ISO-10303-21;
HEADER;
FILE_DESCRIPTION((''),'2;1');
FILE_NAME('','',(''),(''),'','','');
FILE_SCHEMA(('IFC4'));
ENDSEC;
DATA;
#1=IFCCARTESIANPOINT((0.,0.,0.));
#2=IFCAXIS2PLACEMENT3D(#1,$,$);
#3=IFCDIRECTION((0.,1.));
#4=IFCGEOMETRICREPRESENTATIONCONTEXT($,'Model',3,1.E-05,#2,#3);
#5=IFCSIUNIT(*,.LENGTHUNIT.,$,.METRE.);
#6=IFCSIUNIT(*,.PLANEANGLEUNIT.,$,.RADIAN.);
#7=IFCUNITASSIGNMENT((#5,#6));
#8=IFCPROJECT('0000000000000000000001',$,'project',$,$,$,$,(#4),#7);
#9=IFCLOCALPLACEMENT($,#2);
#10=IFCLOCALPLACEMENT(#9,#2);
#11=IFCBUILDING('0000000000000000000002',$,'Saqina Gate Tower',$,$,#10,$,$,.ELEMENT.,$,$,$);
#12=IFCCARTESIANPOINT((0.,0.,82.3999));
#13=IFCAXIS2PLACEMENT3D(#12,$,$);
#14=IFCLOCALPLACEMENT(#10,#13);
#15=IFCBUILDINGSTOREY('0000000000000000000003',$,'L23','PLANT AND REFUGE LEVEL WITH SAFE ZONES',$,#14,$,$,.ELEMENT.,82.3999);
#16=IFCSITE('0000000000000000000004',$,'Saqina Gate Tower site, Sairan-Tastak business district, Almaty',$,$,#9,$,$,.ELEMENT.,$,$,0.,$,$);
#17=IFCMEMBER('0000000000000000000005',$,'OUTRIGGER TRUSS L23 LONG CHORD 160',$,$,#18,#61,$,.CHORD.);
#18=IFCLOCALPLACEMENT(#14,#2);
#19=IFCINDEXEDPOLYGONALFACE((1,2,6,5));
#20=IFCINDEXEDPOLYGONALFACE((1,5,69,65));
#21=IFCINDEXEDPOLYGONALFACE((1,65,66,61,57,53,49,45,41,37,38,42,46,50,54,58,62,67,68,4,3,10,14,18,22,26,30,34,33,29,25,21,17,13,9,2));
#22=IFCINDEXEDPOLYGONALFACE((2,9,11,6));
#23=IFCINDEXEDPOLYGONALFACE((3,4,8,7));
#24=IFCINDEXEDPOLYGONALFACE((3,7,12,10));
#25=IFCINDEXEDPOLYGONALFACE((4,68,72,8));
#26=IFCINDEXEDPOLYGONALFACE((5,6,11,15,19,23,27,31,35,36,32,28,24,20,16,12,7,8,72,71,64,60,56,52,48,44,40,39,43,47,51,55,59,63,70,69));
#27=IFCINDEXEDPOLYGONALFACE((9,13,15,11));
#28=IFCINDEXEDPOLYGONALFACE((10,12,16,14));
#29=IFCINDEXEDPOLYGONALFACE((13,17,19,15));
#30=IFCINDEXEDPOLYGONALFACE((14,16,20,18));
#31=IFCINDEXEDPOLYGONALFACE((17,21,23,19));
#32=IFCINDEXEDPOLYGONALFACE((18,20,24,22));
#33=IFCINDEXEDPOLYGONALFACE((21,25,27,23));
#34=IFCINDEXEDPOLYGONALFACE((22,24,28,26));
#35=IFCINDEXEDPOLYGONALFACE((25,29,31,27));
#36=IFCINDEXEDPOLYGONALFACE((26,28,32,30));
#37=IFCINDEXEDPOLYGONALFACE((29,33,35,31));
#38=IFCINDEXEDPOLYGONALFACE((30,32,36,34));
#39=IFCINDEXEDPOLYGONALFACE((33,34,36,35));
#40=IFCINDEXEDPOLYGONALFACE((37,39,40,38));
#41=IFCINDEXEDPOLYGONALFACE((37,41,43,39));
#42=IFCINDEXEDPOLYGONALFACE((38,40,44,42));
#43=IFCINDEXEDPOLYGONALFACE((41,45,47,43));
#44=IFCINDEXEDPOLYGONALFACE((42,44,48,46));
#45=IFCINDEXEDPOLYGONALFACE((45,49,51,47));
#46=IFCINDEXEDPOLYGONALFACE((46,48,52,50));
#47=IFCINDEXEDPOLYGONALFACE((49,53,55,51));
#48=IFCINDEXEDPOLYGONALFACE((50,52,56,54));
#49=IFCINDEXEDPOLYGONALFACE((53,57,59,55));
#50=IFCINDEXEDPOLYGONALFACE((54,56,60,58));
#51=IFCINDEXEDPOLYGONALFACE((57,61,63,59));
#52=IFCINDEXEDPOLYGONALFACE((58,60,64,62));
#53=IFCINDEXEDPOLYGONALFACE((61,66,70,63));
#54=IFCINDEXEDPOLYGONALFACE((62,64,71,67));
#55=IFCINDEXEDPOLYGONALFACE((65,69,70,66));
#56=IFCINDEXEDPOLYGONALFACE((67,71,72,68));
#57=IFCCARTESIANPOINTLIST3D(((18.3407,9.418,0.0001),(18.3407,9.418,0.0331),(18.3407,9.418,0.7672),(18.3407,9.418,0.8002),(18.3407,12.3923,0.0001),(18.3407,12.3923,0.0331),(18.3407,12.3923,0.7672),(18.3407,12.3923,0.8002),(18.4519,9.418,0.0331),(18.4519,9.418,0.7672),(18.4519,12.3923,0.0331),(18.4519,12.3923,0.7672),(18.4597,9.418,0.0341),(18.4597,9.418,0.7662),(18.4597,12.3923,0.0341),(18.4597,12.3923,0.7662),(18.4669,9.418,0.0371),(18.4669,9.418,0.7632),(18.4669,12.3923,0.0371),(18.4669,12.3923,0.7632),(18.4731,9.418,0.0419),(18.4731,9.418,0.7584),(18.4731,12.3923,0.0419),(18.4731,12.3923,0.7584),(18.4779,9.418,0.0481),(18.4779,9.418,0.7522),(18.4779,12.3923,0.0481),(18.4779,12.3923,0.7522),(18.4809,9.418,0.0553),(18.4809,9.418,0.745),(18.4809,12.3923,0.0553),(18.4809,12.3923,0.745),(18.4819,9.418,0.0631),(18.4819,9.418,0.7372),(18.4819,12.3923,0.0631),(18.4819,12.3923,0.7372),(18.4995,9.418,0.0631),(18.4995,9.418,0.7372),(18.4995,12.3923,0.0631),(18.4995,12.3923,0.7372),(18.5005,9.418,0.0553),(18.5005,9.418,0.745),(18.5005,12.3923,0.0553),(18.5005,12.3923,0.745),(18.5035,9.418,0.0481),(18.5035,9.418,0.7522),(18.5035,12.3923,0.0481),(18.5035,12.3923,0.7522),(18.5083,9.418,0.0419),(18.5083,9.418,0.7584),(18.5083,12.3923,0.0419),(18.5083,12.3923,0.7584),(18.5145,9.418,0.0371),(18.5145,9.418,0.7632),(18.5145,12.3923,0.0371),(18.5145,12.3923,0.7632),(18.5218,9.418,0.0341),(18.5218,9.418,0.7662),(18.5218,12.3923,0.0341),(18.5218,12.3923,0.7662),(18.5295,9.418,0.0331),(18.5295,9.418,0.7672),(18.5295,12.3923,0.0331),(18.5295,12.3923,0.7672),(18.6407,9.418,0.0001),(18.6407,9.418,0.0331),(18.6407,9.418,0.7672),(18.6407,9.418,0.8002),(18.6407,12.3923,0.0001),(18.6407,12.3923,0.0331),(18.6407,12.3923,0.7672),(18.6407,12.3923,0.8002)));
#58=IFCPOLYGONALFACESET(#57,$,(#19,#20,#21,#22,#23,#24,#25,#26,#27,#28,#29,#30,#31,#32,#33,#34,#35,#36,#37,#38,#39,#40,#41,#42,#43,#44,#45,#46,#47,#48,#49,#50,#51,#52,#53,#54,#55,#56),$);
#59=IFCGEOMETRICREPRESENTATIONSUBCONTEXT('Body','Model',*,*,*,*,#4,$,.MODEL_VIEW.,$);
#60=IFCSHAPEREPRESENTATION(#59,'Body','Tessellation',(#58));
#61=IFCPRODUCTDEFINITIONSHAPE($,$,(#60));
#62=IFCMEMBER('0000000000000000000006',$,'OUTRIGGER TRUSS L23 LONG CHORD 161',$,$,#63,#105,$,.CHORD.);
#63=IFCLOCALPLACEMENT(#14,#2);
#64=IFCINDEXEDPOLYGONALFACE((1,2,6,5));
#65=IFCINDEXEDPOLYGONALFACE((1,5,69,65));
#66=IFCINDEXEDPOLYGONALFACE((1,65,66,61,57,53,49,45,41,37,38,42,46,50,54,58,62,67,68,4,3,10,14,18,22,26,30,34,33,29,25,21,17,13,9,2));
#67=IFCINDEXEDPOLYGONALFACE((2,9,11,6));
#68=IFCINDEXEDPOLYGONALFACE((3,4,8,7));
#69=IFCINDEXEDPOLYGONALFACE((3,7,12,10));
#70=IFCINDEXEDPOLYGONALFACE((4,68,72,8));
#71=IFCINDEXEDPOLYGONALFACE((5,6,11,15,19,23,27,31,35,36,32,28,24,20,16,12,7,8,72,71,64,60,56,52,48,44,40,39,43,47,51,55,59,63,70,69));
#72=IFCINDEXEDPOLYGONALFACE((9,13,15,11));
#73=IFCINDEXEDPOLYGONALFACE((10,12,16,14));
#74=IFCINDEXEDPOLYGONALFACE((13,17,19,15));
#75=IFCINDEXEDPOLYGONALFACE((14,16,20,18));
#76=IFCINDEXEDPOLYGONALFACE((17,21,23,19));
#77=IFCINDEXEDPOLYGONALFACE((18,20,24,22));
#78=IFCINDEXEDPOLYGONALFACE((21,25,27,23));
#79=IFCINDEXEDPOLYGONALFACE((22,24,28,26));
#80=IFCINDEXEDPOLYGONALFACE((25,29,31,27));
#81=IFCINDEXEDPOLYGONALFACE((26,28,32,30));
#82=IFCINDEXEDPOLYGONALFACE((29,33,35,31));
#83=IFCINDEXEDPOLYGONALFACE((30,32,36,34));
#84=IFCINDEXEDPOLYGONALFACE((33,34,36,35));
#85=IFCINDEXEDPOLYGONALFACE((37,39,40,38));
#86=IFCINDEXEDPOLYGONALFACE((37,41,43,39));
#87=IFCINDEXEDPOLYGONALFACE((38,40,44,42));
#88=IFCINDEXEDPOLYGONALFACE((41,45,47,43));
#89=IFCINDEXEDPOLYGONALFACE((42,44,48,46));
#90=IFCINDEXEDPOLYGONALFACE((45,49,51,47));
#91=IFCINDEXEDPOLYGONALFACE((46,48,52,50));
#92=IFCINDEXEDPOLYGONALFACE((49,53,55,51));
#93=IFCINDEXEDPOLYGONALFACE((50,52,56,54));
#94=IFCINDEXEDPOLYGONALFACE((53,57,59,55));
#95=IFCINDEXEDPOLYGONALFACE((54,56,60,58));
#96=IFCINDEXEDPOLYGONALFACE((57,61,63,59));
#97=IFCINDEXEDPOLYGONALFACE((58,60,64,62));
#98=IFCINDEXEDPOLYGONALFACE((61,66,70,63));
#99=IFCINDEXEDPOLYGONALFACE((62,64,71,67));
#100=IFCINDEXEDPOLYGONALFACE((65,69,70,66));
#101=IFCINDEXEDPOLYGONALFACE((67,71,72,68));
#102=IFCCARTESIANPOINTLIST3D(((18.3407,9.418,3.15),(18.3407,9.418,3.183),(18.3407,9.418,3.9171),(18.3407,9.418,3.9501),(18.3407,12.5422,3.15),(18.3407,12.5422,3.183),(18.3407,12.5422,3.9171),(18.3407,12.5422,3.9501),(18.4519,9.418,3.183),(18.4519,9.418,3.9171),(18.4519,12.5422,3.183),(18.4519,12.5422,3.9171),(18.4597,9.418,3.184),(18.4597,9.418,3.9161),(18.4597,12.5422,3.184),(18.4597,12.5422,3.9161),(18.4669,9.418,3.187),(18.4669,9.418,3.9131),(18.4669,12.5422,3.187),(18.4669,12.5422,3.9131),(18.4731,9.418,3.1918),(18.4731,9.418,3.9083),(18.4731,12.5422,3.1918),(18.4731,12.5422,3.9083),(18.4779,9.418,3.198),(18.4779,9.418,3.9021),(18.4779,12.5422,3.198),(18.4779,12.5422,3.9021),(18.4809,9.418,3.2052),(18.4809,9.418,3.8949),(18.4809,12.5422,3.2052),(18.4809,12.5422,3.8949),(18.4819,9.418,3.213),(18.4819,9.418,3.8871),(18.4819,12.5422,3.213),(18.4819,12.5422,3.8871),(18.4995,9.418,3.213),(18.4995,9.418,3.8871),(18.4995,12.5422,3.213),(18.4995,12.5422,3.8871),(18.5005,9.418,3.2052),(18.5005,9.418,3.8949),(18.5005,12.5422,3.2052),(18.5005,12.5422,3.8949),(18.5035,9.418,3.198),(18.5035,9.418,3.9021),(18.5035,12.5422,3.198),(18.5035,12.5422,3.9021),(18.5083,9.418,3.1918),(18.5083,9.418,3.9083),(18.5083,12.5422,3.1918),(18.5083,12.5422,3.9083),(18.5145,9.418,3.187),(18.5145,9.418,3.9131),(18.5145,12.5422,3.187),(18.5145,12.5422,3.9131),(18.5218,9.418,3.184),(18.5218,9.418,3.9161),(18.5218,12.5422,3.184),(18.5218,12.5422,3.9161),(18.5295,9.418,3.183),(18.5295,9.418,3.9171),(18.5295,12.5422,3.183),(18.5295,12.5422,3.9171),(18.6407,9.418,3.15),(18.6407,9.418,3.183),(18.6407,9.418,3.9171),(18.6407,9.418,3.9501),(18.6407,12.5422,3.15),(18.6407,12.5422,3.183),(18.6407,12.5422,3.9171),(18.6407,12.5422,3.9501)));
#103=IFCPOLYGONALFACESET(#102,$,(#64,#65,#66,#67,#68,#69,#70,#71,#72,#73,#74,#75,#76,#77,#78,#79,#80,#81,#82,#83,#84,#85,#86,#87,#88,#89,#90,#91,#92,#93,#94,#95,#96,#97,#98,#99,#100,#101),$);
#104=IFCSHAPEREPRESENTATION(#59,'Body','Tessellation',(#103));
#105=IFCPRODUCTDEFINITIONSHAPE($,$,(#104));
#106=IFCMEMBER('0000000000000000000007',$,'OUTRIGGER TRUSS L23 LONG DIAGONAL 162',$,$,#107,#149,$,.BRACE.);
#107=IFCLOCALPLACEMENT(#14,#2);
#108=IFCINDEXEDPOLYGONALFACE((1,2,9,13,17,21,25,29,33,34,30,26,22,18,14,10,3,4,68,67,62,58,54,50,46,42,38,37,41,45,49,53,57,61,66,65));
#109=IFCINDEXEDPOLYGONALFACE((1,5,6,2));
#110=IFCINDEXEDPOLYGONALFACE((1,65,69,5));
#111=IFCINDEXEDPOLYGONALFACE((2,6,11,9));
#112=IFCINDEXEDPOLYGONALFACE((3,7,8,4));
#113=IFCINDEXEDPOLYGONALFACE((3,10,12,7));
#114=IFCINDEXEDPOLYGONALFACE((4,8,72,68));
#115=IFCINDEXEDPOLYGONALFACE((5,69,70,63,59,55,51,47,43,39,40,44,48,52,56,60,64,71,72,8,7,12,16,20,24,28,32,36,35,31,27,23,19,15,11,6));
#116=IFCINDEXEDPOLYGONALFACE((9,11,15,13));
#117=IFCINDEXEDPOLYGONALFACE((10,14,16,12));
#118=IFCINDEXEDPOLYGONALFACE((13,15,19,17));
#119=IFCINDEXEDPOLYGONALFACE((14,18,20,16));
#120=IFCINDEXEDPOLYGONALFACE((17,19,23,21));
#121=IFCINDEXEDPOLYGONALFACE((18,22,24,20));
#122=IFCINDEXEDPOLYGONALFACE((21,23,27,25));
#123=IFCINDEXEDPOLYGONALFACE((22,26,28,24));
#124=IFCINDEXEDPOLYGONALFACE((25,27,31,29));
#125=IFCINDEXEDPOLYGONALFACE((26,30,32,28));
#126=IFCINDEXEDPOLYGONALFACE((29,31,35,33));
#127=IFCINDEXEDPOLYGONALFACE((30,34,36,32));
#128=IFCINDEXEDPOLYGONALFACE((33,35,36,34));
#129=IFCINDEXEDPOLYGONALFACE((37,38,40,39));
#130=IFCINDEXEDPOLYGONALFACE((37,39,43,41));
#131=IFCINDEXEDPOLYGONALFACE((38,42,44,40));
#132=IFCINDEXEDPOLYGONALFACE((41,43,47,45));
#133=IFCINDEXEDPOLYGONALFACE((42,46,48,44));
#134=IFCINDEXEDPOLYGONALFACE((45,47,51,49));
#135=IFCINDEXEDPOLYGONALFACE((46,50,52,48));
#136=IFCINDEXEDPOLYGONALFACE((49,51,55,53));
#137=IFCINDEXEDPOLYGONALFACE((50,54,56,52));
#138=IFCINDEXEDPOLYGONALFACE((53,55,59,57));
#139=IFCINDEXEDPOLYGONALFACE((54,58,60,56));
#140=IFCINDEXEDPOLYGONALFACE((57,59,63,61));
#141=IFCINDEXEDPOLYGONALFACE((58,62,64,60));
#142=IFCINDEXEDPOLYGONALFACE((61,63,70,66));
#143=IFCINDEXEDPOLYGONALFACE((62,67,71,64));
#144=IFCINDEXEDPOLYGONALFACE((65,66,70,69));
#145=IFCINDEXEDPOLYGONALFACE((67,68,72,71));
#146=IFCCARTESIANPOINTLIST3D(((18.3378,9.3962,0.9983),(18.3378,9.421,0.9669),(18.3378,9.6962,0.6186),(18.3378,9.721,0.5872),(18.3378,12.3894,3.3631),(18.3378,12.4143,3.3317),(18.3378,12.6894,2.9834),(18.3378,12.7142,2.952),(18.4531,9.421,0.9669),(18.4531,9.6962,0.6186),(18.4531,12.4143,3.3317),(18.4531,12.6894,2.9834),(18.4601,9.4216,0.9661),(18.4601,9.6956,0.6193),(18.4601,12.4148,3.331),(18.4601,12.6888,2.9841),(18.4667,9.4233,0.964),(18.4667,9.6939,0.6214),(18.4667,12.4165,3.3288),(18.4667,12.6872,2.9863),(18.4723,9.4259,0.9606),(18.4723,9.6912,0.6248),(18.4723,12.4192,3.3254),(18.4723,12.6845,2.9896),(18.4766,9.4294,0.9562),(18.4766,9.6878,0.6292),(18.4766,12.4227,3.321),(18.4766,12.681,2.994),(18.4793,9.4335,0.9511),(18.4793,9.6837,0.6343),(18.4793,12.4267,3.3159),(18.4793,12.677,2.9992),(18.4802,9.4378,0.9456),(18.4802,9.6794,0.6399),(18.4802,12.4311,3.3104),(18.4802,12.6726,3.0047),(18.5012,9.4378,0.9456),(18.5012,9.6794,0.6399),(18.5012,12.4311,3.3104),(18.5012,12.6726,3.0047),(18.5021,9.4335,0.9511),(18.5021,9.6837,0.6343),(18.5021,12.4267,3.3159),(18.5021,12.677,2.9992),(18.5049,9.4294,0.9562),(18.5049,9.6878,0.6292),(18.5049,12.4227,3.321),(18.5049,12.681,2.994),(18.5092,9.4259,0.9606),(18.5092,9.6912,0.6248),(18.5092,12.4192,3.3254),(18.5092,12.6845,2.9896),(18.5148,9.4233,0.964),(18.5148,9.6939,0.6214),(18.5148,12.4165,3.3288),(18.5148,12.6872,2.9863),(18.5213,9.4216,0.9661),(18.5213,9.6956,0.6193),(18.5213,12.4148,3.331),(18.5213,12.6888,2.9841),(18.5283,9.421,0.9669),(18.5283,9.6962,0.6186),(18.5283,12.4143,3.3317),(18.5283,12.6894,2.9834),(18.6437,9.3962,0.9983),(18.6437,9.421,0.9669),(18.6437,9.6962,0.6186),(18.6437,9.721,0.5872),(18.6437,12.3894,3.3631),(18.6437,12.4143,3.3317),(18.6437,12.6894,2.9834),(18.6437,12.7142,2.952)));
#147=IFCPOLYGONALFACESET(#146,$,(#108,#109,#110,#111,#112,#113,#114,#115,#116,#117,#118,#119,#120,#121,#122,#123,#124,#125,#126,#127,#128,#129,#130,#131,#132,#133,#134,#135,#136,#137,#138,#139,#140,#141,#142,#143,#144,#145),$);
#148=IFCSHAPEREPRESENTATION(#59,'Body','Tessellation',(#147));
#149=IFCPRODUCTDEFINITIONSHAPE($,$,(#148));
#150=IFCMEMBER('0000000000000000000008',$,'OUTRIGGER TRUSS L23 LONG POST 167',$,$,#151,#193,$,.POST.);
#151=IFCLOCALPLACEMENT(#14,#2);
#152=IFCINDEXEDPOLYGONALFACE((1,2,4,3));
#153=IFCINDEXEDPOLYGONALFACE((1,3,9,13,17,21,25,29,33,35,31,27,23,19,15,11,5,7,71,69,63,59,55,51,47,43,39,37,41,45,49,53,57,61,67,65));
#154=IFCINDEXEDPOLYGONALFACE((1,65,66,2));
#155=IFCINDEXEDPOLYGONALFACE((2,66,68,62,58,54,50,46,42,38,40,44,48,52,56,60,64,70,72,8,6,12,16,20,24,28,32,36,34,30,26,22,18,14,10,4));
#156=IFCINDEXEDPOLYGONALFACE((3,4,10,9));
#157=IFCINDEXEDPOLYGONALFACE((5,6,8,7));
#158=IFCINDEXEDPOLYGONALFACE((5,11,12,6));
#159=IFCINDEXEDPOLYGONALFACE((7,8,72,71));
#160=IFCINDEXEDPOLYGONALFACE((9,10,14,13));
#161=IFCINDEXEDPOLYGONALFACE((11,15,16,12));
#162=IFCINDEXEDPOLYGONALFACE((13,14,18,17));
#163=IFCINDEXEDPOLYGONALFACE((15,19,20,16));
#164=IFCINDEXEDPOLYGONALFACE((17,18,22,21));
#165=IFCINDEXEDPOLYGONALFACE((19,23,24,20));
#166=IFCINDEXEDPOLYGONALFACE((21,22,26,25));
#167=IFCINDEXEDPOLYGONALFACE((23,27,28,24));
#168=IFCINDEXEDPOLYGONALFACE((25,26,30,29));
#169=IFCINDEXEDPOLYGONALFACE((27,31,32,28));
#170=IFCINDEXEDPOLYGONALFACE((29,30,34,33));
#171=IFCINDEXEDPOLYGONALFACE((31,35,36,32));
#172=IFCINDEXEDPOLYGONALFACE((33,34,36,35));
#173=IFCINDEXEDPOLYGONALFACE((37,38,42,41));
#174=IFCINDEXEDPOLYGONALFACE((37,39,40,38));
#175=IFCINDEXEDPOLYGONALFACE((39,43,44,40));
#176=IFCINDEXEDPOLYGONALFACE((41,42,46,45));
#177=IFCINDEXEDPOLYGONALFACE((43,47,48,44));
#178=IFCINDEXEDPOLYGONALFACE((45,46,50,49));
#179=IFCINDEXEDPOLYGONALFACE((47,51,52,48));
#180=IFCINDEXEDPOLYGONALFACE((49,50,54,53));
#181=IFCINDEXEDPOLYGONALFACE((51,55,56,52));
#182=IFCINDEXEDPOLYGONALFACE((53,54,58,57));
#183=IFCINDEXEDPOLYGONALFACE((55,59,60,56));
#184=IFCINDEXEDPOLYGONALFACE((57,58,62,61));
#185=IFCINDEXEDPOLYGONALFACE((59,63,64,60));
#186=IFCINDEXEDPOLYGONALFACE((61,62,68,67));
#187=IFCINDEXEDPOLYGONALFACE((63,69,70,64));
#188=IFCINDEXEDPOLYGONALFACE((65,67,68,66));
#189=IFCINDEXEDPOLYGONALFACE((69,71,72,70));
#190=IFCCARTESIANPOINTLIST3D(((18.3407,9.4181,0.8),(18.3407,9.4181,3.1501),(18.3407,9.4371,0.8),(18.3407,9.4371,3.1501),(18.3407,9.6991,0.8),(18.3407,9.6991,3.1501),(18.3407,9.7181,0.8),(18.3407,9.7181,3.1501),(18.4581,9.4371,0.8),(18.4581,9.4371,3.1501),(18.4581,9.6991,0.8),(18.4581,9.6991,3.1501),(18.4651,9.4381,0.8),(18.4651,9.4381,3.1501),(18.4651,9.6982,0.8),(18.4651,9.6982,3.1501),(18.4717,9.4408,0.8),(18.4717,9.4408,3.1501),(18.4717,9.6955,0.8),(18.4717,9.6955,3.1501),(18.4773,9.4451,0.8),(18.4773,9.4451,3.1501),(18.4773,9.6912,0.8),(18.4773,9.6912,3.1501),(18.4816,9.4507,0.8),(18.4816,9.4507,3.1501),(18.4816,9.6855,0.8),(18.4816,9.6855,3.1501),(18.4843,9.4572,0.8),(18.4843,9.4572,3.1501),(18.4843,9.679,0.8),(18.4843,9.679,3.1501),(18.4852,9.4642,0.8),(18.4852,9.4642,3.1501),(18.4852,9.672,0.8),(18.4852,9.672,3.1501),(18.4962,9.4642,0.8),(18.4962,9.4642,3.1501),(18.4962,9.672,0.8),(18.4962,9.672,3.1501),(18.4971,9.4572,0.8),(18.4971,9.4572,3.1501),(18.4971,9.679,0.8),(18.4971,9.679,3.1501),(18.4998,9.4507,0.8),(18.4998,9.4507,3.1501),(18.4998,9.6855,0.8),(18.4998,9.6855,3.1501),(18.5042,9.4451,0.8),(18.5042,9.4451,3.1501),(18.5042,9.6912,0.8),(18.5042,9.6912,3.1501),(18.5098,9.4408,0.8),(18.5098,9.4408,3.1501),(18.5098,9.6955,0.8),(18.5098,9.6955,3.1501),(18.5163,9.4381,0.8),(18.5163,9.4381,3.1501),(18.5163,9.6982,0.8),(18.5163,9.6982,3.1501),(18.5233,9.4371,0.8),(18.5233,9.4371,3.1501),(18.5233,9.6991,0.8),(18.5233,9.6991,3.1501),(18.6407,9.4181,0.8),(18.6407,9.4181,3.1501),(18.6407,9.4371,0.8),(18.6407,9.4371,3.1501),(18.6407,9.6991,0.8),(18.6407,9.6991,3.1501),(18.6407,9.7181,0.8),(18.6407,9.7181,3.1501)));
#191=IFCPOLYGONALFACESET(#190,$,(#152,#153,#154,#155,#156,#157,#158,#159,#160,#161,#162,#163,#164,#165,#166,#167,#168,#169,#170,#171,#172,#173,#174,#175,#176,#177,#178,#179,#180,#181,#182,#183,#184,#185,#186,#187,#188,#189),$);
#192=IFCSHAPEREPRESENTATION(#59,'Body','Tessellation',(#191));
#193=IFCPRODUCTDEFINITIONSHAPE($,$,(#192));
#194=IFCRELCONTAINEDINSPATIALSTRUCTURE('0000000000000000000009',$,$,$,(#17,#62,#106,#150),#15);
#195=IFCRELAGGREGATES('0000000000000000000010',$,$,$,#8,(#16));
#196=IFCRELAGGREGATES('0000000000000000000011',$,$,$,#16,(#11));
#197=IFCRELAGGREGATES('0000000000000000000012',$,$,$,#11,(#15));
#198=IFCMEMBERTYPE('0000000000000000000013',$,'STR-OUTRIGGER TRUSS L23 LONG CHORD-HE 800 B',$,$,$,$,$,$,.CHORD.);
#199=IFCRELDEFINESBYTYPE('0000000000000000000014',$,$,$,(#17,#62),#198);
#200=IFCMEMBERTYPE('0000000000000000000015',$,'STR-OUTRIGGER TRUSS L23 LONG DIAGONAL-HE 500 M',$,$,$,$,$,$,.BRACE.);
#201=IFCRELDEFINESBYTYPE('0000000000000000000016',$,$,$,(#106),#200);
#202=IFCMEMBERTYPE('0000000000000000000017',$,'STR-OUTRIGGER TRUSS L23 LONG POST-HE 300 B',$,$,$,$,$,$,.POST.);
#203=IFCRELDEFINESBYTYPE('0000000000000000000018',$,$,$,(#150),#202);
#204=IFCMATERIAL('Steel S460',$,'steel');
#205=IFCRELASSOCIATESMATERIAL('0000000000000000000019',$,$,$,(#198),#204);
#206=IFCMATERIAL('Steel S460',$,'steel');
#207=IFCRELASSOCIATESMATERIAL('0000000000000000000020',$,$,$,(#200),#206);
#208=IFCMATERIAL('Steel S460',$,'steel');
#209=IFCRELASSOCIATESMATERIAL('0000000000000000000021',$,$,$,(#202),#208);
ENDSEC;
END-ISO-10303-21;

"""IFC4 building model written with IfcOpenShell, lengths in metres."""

from ifc_helpers import new_model, si_unit, direction, frame, origin, origin_2d, place, context, subcontext, project, spatial, i_section, extrude, material, material_profile, profile_set, type_object, element, save


model = new_model("IFC4")

# Units and contexts
model_context = context("Model", 3, precision=1e-05, world=origin(), true_north=direction((0.0, 1.0)))
body_context = subcontext(model_context, "Body", "Model", "MODEL_VIEW")
ifc_project = project(units=[si_unit("LENGTHUNIT", "METRE"), si_unit("PLANEANGLEUNIT", "RADIAN")], contexts=[model_context])

# Site, building, storey
site_placement = place(None, origin())
site = spatial("IfcSite", under=ifc_project, at=site_placement, Name="Saqina Gate Tower site, Sairan-Tastak business district, Almaty", CompositionType="ELEMENT", RefElevation=0.0)
building_placement = place(site_placement, origin())
building = spatial("IfcBuilding", under=site, at=building_placement, Name="Saqina Gate Tower", CompositionType="ELEMENT")
storey_placement = place(building_placement, frame((0.0, 0.0, 82.3999)))
storey = spatial("IfcBuildingStorey", under=building, at=storey_placement, Name="L23", Description="PLANT AND REFUGE LEVEL WITH SAFE ZONES", CompositionType="ELEMENT", Elevation=82.3999)

# Members
ifc_material_1 = material(Name="Steel S460", Category="steel")
ifc_material_profile_1 = material_profile(ifc_material_1, i_section(OverallWidth=0.3, OverallDepth=0.8, WebThickness=0.0176, FlangeThickness=0.033, FilletRadius=0.03, at=origin_2d()), Name="HE 800 B")
ifc_profile_set_1 = profile_set([ifc_material_profile_1], Name="Steel S460")
member_type_1 = type_object("IfcMemberType", Name="STR-OUTRIGGER TRUSS L23 LONG CHORD-HE 800 B", PredefinedType="CHORD", material=ifc_profile_set_1)
member_1_placement = place(storey_placement, frame((18.4907, 9.418, 0.4001), z_axis=(0.0, 1.0, 0.0), x_axis=(-1.0, 0.0, 0.0)))
element("IfcMember", 1, at=member_1_placement, inside=storey, type_object=member_type_1, Name="OUTRIGGER TRUSS L23 LONG CHORD 160", PredefinedType="CHORD", context=body_context, shape_type="SweptSolid", body=[
    extrude(i_section(OverallWidth=0.3, OverallDepth=0.8, WebThickness=0.0176, FlangeThickness=0.033, FilletRadius=0.03, at=origin_2d()), origin(), (0.0, 0.0, 1.0), 2.9744),
])
member_2_placement = place(storey_placement, frame((18.4907, 9.418, 3.55), z_axis=(0.0, 1.0, 0.0), x_axis=(-1.0, 0.0, 0.0)))
element("IfcMember", 2, at=member_2_placement, inside=storey, type_object=member_type_1, Name="OUTRIGGER TRUSS L23 LONG CHORD 161", PredefinedType="CHORD", context=body_context, shape_type="SweptSolid", body=[
    extrude(i_section(OverallWidth=0.3, OverallDepth=0.8, WebThickness=0.0176, FlangeThickness=0.033, FilletRadius=0.03, at=origin_2d()), origin(), (0.0, 0.0, 1.0), 3.1243),
])
ifc_material_2 = material(Name="Steel S460", Category="steel")
ifc_material_profile_2 = material_profile(ifc_material_2, i_section(OverallWidth=0.3059, OverallDepth=0.5239, WebThickness=0.021, FlangeThickness=0.04, FilletRadius=0.0271, at=origin_2d()), Name="HE 500 M")
ifc_profile_set_2 = profile_set([ifc_material_profile_2], Name="Steel S460")
member_type_2 = type_object("IfcMemberType", Name="STR-OUTRIGGER TRUSS L23 LONG DIAGONAL-HE 500 M", PredefinedType="BRACE", material=ifc_profile_set_2)
member_3_placement = place(storey_placement, frame((18.4907, 9.5586, 0.7927), z_axis=(0.0, 0.784663, 0.619922), x_axis=(-1.0, 0.0, 0.0)))
element("IfcMember", 3, at=member_3_placement, inside=storey, type_object=member_type_2, Name="OUTRIGGER TRUSS L23 LONG DIAGONAL 162", PredefinedType="BRACE", context=body_context, shape_type="SweptSolid", body=[
    extrude(i_section(OverallWidth=0.3059, OverallDepth=0.5239, WebThickness=0.021, FlangeThickness=0.04, FilletRadius=0.0271, at=origin_2d()), origin(), (0.0, 0.0, 1.0), 3.8147),
])
ifc_material_3 = material(Name="Steel S460", Category="steel")
ifc_material_profile_3 = material_profile(ifc_material_3, i_section(OverallWidth=0.3, OverallDepth=0.3, WebThickness=0.011, FlangeThickness=0.019, FilletRadius=0.0271, at=origin_2d()), Name="HE 300 B")
ifc_profile_set_3 = profile_set([ifc_material_profile_3], Name="Steel S460")
member_type_3 = type_object("IfcMemberType", Name="STR-OUTRIGGER TRUSS L23 LONG POST-HE 300 B", PredefinedType="POST", material=ifc_profile_set_3)
member_4_placement = place(storey_placement, frame((18.4907, 9.5681, 0.8), z_axis=(0.0, 0.0, 1.0), x_axis=(1.0, 0.0, 0.0)))
element("IfcMember", 4, at=member_4_placement, inside=storey, type_object=member_type_3, Name="OUTRIGGER TRUSS L23 LONG POST 167", PredefinedType="POST", context=body_context, shape_type="SweptSolid", body=[
    extrude(i_section(OverallWidth=0.3, OverallDepth=0.3, WebThickness=0.011, FlangeThickness=0.019, FilletRadius=0.0271, at=origin_2d()), origin(), (0.0, 0.0, 1.0), 2.3501),
])

save(model, "model.ifc")
